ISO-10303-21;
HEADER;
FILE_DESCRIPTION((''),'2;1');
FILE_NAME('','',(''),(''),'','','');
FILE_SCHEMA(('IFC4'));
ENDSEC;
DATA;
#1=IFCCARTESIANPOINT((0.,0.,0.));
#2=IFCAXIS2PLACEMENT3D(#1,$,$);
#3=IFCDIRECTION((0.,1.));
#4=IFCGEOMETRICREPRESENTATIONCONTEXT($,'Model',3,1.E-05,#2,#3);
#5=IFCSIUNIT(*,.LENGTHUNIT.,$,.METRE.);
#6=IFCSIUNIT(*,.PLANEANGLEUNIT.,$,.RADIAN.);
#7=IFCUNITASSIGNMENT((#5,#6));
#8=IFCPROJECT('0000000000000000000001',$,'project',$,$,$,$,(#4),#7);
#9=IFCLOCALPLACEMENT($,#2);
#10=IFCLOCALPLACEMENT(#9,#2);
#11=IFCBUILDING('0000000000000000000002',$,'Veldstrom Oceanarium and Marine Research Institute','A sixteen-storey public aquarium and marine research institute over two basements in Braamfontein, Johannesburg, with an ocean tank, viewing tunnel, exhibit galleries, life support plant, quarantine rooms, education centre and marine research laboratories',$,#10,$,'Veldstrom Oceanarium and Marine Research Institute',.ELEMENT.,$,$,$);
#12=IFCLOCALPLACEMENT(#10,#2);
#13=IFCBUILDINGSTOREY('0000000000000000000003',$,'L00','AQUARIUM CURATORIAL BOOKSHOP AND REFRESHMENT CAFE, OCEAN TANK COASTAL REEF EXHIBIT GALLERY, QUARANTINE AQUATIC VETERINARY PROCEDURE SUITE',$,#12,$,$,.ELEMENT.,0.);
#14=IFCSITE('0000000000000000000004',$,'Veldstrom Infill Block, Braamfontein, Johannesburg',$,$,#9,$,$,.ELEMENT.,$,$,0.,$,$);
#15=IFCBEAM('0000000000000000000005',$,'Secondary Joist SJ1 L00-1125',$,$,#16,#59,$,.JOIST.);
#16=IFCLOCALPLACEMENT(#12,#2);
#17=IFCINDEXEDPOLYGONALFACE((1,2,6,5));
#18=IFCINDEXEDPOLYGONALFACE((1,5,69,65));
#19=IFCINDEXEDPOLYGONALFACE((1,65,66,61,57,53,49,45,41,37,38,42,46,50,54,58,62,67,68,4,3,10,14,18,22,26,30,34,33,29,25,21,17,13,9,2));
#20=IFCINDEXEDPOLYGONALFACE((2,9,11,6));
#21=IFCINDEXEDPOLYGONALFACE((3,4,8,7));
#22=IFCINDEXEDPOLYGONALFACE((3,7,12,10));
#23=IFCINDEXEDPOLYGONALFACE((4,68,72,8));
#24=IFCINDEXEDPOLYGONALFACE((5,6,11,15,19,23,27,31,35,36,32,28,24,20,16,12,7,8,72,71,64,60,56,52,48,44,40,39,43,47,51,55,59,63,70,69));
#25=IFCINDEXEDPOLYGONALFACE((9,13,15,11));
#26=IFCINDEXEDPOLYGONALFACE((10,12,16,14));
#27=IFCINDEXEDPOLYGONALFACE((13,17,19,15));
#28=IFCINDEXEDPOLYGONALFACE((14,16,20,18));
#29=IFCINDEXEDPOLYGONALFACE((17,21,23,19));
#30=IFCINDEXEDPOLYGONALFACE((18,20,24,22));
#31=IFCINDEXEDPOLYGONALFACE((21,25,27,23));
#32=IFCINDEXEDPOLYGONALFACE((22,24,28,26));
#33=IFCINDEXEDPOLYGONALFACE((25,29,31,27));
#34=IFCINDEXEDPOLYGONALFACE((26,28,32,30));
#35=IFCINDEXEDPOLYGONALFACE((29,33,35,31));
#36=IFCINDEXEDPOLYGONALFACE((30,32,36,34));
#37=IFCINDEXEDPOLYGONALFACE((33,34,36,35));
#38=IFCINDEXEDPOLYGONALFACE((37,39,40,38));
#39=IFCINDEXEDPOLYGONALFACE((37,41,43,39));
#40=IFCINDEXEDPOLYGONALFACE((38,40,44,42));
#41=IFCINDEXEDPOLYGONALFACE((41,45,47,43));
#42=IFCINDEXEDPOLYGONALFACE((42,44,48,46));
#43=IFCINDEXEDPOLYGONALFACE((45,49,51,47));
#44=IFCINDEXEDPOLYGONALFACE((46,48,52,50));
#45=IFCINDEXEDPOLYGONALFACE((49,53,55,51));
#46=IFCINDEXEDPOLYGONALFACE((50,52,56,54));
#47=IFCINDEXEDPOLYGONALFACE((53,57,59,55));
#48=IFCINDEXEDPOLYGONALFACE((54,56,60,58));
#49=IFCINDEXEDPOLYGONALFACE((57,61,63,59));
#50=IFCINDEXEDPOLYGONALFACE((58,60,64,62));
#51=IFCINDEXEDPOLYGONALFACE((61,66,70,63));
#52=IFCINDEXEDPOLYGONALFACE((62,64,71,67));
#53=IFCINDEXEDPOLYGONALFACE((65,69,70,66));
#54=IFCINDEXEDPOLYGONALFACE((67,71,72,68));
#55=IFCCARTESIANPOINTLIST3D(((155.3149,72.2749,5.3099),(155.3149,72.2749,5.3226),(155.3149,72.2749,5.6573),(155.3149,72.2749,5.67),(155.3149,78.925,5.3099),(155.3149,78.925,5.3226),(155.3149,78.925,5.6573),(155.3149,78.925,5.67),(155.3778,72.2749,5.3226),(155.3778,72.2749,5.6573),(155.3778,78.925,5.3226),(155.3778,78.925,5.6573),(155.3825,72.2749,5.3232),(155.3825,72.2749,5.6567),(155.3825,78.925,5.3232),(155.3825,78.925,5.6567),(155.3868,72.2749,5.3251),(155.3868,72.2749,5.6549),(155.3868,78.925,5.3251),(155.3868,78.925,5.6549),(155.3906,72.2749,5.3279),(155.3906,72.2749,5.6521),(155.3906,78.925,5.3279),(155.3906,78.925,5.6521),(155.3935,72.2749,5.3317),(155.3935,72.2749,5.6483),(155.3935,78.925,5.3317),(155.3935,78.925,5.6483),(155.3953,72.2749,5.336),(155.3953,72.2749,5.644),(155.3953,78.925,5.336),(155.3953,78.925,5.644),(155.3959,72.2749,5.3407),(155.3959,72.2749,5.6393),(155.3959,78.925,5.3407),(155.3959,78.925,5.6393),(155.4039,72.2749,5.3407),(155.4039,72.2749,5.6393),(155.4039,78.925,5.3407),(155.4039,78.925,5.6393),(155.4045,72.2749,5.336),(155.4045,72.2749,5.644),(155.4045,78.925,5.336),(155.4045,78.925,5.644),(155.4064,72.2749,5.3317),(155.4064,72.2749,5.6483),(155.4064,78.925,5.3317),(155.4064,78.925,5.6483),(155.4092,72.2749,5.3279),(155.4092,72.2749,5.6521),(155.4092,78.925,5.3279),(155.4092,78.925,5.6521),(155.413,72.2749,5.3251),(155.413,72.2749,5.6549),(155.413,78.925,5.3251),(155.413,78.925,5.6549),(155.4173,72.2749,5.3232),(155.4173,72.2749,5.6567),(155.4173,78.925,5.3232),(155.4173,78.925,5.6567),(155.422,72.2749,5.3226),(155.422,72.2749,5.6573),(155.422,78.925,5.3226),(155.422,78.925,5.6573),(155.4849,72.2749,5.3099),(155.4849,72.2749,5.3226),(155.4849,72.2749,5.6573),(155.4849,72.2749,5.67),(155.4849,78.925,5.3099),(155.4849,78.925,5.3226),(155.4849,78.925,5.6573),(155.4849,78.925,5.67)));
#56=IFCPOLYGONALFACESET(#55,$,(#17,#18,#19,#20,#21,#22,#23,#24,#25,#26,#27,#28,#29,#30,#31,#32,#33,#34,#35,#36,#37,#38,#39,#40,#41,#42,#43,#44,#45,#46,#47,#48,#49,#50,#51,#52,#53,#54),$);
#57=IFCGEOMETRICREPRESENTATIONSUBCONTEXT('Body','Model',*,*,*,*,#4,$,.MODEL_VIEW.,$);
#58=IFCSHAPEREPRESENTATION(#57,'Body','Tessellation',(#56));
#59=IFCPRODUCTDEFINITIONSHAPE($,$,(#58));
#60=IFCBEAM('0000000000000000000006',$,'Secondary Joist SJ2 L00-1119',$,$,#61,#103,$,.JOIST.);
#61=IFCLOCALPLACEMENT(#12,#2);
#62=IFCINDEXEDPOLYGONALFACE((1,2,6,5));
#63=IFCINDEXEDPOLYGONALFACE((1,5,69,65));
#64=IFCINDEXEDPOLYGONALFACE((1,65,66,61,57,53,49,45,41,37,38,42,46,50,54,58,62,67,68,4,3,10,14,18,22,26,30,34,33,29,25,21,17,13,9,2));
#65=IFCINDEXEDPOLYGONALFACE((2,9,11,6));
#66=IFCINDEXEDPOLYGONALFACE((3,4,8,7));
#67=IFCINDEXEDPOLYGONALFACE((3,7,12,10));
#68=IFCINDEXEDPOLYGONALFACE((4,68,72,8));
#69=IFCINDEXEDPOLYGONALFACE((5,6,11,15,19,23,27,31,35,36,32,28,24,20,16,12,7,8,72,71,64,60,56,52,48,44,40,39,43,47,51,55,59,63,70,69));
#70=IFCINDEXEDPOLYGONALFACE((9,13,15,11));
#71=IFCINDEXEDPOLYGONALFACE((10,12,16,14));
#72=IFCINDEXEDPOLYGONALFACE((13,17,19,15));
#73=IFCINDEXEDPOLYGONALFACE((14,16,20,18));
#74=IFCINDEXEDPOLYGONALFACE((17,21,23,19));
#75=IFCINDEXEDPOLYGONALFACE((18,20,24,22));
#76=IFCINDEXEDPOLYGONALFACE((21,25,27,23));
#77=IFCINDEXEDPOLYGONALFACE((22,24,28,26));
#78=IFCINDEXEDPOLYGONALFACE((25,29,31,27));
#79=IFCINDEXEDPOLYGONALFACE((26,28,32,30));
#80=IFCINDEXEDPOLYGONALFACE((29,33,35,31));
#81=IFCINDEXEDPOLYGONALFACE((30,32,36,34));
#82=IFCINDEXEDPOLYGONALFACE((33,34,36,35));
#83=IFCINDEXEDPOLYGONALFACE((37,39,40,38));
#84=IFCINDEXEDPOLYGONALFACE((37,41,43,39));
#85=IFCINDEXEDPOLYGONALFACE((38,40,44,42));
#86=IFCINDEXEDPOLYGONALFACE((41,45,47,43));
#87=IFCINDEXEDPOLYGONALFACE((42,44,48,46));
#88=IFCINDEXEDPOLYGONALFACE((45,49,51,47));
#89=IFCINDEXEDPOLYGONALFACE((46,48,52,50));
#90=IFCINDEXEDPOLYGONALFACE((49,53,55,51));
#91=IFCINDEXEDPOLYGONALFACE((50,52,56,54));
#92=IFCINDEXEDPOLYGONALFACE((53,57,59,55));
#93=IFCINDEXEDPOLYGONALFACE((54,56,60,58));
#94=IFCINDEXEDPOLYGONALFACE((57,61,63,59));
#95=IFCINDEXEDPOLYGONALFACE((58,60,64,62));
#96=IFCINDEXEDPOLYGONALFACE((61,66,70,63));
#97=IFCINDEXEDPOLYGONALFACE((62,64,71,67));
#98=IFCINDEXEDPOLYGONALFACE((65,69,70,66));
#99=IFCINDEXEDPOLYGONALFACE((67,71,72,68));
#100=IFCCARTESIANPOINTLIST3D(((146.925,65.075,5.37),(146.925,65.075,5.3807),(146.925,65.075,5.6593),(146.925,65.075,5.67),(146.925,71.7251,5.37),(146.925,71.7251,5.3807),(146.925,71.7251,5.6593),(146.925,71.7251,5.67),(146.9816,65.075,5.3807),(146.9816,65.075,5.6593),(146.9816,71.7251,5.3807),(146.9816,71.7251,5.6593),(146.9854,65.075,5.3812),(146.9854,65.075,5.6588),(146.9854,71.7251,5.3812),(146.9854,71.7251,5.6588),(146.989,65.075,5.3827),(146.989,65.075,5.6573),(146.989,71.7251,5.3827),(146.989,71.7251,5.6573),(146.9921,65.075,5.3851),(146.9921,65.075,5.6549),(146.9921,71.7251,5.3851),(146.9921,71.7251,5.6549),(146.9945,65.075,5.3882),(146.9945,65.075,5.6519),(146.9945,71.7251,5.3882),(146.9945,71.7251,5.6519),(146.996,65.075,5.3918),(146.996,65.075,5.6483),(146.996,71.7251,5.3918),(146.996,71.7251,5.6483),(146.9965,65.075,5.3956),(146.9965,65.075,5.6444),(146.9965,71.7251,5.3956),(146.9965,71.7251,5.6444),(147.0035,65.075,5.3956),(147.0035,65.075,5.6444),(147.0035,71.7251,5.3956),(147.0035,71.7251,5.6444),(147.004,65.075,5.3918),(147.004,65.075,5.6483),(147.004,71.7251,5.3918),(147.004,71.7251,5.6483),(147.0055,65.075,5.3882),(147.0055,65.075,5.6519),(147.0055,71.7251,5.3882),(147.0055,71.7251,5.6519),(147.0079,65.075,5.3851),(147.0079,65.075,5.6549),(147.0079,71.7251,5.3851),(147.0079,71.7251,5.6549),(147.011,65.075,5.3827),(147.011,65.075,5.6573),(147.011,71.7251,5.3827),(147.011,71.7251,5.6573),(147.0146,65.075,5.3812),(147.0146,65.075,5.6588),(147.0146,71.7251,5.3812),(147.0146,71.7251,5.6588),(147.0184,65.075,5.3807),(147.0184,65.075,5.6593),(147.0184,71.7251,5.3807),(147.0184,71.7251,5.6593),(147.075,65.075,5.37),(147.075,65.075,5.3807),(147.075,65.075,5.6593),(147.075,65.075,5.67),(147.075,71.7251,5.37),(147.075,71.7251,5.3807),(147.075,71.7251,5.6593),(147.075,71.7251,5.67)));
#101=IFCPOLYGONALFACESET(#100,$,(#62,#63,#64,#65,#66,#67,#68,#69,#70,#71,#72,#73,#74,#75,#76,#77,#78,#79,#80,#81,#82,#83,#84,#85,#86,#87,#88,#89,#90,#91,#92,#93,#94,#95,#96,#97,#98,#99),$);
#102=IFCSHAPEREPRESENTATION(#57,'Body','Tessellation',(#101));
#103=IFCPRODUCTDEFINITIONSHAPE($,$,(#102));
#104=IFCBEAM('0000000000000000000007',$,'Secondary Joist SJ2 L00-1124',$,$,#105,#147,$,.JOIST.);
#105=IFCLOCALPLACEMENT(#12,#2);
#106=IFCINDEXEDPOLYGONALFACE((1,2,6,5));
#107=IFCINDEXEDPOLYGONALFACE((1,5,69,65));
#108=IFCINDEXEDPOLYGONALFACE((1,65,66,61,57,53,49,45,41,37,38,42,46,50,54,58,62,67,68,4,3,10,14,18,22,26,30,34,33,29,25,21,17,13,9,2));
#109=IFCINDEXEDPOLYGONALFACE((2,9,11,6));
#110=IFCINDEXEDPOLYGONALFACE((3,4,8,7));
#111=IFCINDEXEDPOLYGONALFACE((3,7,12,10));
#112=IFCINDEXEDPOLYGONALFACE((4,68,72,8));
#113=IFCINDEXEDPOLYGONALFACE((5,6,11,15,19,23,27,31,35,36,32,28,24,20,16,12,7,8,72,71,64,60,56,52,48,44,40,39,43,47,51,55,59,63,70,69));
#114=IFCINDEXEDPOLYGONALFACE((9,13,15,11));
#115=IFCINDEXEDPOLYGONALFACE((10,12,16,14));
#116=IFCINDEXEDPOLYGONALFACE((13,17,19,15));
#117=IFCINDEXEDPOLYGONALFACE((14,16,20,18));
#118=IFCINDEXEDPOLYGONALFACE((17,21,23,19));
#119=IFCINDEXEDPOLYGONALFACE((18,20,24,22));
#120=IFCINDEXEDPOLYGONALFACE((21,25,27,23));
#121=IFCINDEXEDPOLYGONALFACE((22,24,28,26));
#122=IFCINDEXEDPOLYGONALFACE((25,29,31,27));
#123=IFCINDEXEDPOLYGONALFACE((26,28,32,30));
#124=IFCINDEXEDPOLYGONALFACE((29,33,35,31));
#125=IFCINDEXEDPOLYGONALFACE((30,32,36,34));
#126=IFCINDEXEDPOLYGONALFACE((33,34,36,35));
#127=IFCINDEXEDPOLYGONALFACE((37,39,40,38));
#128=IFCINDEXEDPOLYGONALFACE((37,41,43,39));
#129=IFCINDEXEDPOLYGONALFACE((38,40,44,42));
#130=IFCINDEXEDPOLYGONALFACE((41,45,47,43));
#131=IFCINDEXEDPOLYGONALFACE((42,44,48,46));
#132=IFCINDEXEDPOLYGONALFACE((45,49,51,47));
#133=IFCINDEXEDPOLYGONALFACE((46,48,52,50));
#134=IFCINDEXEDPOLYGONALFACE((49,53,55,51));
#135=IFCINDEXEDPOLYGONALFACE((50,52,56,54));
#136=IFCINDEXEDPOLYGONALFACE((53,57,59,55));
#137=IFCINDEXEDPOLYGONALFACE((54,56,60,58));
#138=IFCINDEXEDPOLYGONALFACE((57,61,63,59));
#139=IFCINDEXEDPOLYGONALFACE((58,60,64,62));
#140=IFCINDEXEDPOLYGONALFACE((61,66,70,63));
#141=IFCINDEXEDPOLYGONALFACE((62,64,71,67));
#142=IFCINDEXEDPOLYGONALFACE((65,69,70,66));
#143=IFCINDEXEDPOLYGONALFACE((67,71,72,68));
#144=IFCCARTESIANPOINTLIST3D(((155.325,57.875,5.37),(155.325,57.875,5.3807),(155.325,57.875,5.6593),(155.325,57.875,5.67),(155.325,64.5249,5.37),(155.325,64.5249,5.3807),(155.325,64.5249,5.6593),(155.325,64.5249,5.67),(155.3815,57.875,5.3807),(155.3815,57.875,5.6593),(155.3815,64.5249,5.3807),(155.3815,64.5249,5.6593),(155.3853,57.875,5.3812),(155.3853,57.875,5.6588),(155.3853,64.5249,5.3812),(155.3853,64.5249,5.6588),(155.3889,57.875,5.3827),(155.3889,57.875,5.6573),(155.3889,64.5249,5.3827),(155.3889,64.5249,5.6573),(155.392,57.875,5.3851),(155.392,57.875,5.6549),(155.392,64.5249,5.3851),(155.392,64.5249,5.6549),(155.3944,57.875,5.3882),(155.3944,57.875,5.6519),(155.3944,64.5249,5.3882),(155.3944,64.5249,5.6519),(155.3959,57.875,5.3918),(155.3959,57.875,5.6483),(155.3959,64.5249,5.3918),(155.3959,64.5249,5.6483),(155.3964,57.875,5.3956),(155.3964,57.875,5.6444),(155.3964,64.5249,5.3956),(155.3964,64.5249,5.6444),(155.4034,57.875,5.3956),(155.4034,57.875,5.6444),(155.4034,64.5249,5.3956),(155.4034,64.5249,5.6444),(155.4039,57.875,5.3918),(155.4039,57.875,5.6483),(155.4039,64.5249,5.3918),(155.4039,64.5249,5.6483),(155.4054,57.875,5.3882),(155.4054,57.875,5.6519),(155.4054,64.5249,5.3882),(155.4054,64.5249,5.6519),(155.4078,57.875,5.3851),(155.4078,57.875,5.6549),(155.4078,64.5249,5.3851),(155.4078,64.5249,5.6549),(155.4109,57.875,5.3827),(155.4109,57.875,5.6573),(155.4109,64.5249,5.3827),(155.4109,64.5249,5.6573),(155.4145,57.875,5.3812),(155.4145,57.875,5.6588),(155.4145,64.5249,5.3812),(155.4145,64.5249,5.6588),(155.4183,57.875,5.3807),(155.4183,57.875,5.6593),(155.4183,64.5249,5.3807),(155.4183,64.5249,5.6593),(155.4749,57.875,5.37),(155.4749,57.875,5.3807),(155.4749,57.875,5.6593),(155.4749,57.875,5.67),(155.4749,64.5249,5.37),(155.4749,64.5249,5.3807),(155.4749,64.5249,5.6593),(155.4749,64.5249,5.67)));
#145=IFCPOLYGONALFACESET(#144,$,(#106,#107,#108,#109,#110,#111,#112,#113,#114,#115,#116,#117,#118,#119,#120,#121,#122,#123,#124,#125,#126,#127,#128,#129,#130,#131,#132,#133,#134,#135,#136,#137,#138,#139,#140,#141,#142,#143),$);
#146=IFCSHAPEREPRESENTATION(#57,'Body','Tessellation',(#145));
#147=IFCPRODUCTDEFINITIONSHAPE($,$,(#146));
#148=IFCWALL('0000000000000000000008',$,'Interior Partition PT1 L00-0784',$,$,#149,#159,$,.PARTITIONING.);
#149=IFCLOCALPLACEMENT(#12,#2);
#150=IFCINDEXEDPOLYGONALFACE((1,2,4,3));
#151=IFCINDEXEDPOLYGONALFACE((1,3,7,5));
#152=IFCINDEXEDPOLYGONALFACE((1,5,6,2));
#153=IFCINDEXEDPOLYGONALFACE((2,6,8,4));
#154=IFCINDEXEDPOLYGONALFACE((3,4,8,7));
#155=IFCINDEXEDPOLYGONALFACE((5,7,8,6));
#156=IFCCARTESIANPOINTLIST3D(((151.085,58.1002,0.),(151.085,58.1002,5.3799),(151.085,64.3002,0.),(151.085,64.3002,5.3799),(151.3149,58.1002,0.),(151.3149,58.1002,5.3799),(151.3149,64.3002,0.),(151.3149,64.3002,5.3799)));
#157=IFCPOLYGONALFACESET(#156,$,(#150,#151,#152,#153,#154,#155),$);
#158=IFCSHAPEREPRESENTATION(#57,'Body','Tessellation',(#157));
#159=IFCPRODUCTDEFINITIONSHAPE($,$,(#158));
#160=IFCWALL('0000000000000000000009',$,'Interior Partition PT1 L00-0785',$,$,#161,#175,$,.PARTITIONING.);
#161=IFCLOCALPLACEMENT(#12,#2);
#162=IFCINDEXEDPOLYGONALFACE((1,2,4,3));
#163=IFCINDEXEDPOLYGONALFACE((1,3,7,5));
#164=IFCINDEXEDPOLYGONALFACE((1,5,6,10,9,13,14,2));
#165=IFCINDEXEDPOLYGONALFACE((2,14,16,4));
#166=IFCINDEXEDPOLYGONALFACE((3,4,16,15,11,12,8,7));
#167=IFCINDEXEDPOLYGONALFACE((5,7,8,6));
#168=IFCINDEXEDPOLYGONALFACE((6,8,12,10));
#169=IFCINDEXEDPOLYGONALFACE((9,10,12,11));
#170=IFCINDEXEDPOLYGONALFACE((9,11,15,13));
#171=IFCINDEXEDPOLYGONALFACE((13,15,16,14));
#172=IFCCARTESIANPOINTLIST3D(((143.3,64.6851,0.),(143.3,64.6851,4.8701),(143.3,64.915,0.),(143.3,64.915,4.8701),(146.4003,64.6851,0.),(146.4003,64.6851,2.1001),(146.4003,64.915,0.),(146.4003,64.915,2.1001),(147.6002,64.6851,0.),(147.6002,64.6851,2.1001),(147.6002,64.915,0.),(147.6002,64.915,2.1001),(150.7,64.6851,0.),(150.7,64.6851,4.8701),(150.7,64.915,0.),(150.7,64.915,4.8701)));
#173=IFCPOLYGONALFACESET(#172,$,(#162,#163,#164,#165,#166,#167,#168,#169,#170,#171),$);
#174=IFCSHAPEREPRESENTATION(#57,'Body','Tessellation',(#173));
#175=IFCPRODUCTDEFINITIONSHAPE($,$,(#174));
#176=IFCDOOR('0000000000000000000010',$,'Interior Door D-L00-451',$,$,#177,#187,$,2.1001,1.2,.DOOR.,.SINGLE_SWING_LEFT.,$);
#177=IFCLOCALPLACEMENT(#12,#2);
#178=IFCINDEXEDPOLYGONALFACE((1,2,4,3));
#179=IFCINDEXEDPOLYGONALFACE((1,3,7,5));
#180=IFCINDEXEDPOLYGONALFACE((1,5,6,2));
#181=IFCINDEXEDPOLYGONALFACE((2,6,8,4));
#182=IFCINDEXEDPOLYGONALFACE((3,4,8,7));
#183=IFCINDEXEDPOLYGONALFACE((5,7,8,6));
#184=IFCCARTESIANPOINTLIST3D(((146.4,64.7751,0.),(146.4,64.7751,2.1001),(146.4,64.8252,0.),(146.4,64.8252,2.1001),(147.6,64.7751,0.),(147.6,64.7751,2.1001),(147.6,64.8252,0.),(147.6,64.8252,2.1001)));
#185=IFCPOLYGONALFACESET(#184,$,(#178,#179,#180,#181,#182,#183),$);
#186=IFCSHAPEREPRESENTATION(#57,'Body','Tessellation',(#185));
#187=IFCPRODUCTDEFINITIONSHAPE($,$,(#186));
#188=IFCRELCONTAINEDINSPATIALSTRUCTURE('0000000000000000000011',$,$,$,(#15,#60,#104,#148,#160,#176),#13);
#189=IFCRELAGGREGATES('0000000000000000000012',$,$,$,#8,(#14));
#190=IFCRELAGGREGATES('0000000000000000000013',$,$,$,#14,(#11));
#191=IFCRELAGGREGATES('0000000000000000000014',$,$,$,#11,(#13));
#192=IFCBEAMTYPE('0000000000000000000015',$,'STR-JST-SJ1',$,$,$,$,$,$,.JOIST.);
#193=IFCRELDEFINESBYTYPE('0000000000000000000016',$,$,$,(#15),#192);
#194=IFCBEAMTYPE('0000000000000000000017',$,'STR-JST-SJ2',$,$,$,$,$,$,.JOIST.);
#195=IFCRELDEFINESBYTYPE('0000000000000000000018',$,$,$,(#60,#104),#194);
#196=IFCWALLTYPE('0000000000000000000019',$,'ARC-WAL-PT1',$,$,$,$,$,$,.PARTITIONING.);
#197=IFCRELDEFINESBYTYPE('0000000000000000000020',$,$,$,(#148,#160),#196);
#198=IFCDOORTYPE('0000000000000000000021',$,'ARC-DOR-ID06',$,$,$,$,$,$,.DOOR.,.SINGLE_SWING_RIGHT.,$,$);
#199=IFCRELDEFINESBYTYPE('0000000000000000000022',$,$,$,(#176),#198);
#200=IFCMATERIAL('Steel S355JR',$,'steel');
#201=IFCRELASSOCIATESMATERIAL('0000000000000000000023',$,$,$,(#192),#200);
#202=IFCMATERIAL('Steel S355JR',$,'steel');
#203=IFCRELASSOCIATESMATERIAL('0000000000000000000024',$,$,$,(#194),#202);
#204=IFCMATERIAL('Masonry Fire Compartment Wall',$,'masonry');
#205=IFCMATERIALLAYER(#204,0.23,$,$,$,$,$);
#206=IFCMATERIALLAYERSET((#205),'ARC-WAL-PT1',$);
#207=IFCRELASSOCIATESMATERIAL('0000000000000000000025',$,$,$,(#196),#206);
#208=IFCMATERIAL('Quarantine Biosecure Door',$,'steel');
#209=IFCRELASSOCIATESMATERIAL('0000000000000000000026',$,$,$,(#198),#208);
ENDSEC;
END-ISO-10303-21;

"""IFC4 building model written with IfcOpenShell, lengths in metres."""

from ifc_helpers import new_model, si_unit, direction, frame, frame_2d, origin, origin_2d, place, context, subcontext, project, spatial, rectangle, i_section, extrude, material, layer, layer_set, material_profile, profile_set, type_object, element, fill, save


model = new_model("IFC4")

# Units and contexts
model_context = context("Model", 3, precision=1e-05, world=origin(), true_north=direction((0.0, 1.0)))
body_context = subcontext(model_context, "Body", "Model", "MODEL_VIEW")
ifc_project = project(units=[si_unit("LENGTHUNIT", "METRE"), si_unit("PLANEANGLEUNIT", "RADIAN")], contexts=[model_context])

# Site, building, storey
site_placement = place(None, origin())
site = spatial("IfcSite", under=ifc_project, at=site_placement, Name="Veldstrom Infill Block, Braamfontein, Johannesburg", CompositionType="ELEMENT", RefElevation=0.0)
building_placement = place(site_placement, origin())
building = spatial("IfcBuilding", under=site, at=building_placement, Name="Veldstrom Oceanarium and Marine Research Institute", Description="A sixteen-storey public aquarium and marine research institute over two basements in Braamfontein, Johannesburg, with an ocean tank, viewing tunnel, exhibit galleries, life support plant, quarantine rooms, education centre and marine research laboratories", LongName="Veldstrom Oceanarium and Marine Research Institute", CompositionType="ELEMENT")
storey_placement = place(building_placement, origin())
storey = spatial("IfcBuildingStorey", under=building, at=storey_placement, Name="L00", Description="AQUARIUM CURATORIAL BOOKSHOP AND REFRESHMENT CAFE, OCEAN TANK COASTAL REEF EXHIBIT GALLERY, QUARANTINE AQUATIC VETERINARY PROCEDURE SUITE", CompositionType="ELEMENT", Elevation=0.0)

# Beams
ifc_material_1 = material(Name="Steel S355JR", Category="steel")
ifc_material_profile_1 = material_profile(ifc_material_1, i_section(OverallWidth=0.1699, OverallDepth=0.3601, WebThickness=0.0081, FlangeThickness=0.0127, FilletRadius=0.0181, at=origin_2d()), Name="IPE 360")
ifc_profile_set_1 = profile_set([ifc_material_profile_1], Name="Steel S355JR")
beam_type_1 = type_object("IfcBeamType", Name="STR-JST-SJ1", PredefinedType="JOIST", material=ifc_profile_set_1)
beam_1_placement = place(storey_placement, frame((155.3999, 72.2749, 5.49), z_axis=(0.0, 1.0, 0.0), x_axis=(-1.0, 0.0, 0.0)))
element("IfcBeam", 1, at=beam_1_placement, inside=storey, type_object=beam_type_1, Name="Secondary Joist SJ1 L00-1125", PredefinedType="JOIST", context=body_context, shape_type="SweptSolid", body=[
    extrude(i_section(OverallWidth=0.1699, OverallDepth=0.3601, WebThickness=0.0081, FlangeThickness=0.0127, FilletRadius=0.0181, at=origin_2d()), origin(), (0.0, 0.0, 1.0), 6.6501),
])
ifc_material_2 = material(Name="Steel S355JR", Category="steel")
ifc_material_profile_2 = material_profile(ifc_material_2, i_section(OverallWidth=0.1499, OverallDepth=0.3, WebThickness=0.0071, FlangeThickness=0.0107, FilletRadius=0.0149, at=origin_2d()), Name="IPE 300")
ifc_profile_set_2 = profile_set([ifc_material_profile_2], Name="Steel S355JR")
beam_type_2 = type_object("IfcBeamType", Name="STR-JST-SJ2", PredefinedType="JOIST", material=ifc_profile_set_2)
beam_2_placement = place(storey_placement, frame((147.0, 65.075, 5.52), z_axis=(0.0, 1.0, 0.0), x_axis=(-1.0, 0.0, 0.0)))
element("IfcBeam", 2, at=beam_2_placement, inside=storey, type_object=beam_type_2, Name="Secondary Joist SJ2 L00-1119", PredefinedType="JOIST", context=body_context, shape_type="SweptSolid", body=[
    extrude(i_section(OverallWidth=0.1499, OverallDepth=0.3, WebThickness=0.0071, FlangeThickness=0.0107, FilletRadius=0.0149, at=origin_2d()), origin(), (0.0, 0.0, 1.0), 6.6501),
])
beam_3_placement = place(storey_placement, frame((155.3999, 57.875, 5.52), z_axis=(0.0, 1.0, 0.0), x_axis=(-1.0, 0.0, 0.0)))
element("IfcBeam", 3, at=beam_3_placement, inside=storey, type_object=beam_type_2, Name="Secondary Joist SJ2 L00-1124", PredefinedType="JOIST", context=body_context, shape_type="SweptSolid", body=[
    extrude(i_section(OverallWidth=0.1499, OverallDepth=0.3, WebThickness=0.0071, FlangeThickness=0.0107, FilletRadius=0.0149, at=origin_2d()), origin(), (0.0, 0.0, 1.0), 6.6499),
])

# Wall
ifc_material_3 = material(Name="Masonry Fire Compartment Wall", Category="masonry")
ifc_layer_1 = layer(ifc_material_3, 0.23)
ifc_layer_set_1 = layer_set([ifc_layer_1], Name="ARC-WAL-PT1")
wall_type_1 = type_object("IfcWallType", Name="ARC-WAL-PT1", PredefinedType="PARTITIONING", material=ifc_layer_set_1)
wall_1_placement = place(storey_placement, frame((151.2, 58.1001, 0.0), z_axis=(0.0, 0.0, 1.0), x_axis=(0.0, 1.0, 0.0)))
element("IfcWall", 4, at=wall_1_placement, inside=storey, type_object=wall_type_1, Name="Interior Partition PT1 L00-0784", PredefinedType="PARTITIONING", context=body_context, shape_type="SweptSolid", body=[
    extrude(rectangle(XDim=6.2, YDim=0.23, at=frame_2d((3.1001, 0.0))), origin(), (0.0, 0.0, 1.0), 5.3799),
])

# Wall, opening, door
wall_2_placement = place(storey_placement, frame((143.3, 64.8, 0.0), z_axis=(0.0, 0.0, 1.0), x_axis=(1.0, 0.0, 0.0)))
wall_2 = element("IfcWall", 5, at=wall_2_placement, inside=storey, type_object=wall_type_1, Name="Interior Partition PT1 L00-0785", PredefinedType="PARTITIONING", context=body_context, shape_type="SweptSolid", body=[
    extrude(rectangle(XDim=7.3999, YDim=0.23, at=frame_2d((3.7, 0.0))), origin(), (0.0, 0.0, 1.0), 4.8701),
])
opening_1_placement = place(wall_2_placement, frame((3.1001, 0.0, 0.0)))
opening_1 = element("IfcOpeningElement", 6, at=opening_1_placement, cuts=wall_2, PredefinedType="OPENING", context=body_context, shape_type="SweptSolid", body=[
    extrude(rectangle(XDim=1.2, YDim=2.1001, at=frame_2d((0.6001, 1.05))), frame((0.0, 0.125, 0.0), z_axis=(0.0, -1.0, 0.0), x_axis=(1.0, 0.0, 0.0)), (0.0, 0.0, 1.0), 0.25),
])
ifc_material_4 = material(Name="Quarantine Biosecure Door", Category="steel")
door_type = type_object("IfcDoorType", Name="ARC-DOR-ID06", OperationType="SINGLE_SWING_RIGHT", PredefinedType="DOOR", material=ifc_material_4)
door_1_placement = place(opening_1_placement, frame((1.2, 0.0, 0.0), z_axis=(0.0, 0.0, 1.0), x_axis=(-1.0, 0.0, 0.0)))
door_1 = element("IfcDoor", 7, at=door_1_placement, inside=storey, type_object=door_type, Name="Interior Door D-L00-451", OperationType="SINGLE_SWING_LEFT", OverallHeight=2.1001, OverallWidth=1.2, PredefinedType="DOOR", context=body_context, shape_type="SweptSolid", body=[
    extrude(rectangle(XDim=1.2, YDim=2.1001, at=frame_2d((0.6001, 1.05))), frame((0.0, 0.0249, 0.0), z_axis=(0.0, -1.0, 0.0), x_axis=(1.0, 0.0, 0.0)), (0.0, 0.0, 1.0), 0.05),
])
fill(opening_1, door_1)

save(model, "model.ifc")
